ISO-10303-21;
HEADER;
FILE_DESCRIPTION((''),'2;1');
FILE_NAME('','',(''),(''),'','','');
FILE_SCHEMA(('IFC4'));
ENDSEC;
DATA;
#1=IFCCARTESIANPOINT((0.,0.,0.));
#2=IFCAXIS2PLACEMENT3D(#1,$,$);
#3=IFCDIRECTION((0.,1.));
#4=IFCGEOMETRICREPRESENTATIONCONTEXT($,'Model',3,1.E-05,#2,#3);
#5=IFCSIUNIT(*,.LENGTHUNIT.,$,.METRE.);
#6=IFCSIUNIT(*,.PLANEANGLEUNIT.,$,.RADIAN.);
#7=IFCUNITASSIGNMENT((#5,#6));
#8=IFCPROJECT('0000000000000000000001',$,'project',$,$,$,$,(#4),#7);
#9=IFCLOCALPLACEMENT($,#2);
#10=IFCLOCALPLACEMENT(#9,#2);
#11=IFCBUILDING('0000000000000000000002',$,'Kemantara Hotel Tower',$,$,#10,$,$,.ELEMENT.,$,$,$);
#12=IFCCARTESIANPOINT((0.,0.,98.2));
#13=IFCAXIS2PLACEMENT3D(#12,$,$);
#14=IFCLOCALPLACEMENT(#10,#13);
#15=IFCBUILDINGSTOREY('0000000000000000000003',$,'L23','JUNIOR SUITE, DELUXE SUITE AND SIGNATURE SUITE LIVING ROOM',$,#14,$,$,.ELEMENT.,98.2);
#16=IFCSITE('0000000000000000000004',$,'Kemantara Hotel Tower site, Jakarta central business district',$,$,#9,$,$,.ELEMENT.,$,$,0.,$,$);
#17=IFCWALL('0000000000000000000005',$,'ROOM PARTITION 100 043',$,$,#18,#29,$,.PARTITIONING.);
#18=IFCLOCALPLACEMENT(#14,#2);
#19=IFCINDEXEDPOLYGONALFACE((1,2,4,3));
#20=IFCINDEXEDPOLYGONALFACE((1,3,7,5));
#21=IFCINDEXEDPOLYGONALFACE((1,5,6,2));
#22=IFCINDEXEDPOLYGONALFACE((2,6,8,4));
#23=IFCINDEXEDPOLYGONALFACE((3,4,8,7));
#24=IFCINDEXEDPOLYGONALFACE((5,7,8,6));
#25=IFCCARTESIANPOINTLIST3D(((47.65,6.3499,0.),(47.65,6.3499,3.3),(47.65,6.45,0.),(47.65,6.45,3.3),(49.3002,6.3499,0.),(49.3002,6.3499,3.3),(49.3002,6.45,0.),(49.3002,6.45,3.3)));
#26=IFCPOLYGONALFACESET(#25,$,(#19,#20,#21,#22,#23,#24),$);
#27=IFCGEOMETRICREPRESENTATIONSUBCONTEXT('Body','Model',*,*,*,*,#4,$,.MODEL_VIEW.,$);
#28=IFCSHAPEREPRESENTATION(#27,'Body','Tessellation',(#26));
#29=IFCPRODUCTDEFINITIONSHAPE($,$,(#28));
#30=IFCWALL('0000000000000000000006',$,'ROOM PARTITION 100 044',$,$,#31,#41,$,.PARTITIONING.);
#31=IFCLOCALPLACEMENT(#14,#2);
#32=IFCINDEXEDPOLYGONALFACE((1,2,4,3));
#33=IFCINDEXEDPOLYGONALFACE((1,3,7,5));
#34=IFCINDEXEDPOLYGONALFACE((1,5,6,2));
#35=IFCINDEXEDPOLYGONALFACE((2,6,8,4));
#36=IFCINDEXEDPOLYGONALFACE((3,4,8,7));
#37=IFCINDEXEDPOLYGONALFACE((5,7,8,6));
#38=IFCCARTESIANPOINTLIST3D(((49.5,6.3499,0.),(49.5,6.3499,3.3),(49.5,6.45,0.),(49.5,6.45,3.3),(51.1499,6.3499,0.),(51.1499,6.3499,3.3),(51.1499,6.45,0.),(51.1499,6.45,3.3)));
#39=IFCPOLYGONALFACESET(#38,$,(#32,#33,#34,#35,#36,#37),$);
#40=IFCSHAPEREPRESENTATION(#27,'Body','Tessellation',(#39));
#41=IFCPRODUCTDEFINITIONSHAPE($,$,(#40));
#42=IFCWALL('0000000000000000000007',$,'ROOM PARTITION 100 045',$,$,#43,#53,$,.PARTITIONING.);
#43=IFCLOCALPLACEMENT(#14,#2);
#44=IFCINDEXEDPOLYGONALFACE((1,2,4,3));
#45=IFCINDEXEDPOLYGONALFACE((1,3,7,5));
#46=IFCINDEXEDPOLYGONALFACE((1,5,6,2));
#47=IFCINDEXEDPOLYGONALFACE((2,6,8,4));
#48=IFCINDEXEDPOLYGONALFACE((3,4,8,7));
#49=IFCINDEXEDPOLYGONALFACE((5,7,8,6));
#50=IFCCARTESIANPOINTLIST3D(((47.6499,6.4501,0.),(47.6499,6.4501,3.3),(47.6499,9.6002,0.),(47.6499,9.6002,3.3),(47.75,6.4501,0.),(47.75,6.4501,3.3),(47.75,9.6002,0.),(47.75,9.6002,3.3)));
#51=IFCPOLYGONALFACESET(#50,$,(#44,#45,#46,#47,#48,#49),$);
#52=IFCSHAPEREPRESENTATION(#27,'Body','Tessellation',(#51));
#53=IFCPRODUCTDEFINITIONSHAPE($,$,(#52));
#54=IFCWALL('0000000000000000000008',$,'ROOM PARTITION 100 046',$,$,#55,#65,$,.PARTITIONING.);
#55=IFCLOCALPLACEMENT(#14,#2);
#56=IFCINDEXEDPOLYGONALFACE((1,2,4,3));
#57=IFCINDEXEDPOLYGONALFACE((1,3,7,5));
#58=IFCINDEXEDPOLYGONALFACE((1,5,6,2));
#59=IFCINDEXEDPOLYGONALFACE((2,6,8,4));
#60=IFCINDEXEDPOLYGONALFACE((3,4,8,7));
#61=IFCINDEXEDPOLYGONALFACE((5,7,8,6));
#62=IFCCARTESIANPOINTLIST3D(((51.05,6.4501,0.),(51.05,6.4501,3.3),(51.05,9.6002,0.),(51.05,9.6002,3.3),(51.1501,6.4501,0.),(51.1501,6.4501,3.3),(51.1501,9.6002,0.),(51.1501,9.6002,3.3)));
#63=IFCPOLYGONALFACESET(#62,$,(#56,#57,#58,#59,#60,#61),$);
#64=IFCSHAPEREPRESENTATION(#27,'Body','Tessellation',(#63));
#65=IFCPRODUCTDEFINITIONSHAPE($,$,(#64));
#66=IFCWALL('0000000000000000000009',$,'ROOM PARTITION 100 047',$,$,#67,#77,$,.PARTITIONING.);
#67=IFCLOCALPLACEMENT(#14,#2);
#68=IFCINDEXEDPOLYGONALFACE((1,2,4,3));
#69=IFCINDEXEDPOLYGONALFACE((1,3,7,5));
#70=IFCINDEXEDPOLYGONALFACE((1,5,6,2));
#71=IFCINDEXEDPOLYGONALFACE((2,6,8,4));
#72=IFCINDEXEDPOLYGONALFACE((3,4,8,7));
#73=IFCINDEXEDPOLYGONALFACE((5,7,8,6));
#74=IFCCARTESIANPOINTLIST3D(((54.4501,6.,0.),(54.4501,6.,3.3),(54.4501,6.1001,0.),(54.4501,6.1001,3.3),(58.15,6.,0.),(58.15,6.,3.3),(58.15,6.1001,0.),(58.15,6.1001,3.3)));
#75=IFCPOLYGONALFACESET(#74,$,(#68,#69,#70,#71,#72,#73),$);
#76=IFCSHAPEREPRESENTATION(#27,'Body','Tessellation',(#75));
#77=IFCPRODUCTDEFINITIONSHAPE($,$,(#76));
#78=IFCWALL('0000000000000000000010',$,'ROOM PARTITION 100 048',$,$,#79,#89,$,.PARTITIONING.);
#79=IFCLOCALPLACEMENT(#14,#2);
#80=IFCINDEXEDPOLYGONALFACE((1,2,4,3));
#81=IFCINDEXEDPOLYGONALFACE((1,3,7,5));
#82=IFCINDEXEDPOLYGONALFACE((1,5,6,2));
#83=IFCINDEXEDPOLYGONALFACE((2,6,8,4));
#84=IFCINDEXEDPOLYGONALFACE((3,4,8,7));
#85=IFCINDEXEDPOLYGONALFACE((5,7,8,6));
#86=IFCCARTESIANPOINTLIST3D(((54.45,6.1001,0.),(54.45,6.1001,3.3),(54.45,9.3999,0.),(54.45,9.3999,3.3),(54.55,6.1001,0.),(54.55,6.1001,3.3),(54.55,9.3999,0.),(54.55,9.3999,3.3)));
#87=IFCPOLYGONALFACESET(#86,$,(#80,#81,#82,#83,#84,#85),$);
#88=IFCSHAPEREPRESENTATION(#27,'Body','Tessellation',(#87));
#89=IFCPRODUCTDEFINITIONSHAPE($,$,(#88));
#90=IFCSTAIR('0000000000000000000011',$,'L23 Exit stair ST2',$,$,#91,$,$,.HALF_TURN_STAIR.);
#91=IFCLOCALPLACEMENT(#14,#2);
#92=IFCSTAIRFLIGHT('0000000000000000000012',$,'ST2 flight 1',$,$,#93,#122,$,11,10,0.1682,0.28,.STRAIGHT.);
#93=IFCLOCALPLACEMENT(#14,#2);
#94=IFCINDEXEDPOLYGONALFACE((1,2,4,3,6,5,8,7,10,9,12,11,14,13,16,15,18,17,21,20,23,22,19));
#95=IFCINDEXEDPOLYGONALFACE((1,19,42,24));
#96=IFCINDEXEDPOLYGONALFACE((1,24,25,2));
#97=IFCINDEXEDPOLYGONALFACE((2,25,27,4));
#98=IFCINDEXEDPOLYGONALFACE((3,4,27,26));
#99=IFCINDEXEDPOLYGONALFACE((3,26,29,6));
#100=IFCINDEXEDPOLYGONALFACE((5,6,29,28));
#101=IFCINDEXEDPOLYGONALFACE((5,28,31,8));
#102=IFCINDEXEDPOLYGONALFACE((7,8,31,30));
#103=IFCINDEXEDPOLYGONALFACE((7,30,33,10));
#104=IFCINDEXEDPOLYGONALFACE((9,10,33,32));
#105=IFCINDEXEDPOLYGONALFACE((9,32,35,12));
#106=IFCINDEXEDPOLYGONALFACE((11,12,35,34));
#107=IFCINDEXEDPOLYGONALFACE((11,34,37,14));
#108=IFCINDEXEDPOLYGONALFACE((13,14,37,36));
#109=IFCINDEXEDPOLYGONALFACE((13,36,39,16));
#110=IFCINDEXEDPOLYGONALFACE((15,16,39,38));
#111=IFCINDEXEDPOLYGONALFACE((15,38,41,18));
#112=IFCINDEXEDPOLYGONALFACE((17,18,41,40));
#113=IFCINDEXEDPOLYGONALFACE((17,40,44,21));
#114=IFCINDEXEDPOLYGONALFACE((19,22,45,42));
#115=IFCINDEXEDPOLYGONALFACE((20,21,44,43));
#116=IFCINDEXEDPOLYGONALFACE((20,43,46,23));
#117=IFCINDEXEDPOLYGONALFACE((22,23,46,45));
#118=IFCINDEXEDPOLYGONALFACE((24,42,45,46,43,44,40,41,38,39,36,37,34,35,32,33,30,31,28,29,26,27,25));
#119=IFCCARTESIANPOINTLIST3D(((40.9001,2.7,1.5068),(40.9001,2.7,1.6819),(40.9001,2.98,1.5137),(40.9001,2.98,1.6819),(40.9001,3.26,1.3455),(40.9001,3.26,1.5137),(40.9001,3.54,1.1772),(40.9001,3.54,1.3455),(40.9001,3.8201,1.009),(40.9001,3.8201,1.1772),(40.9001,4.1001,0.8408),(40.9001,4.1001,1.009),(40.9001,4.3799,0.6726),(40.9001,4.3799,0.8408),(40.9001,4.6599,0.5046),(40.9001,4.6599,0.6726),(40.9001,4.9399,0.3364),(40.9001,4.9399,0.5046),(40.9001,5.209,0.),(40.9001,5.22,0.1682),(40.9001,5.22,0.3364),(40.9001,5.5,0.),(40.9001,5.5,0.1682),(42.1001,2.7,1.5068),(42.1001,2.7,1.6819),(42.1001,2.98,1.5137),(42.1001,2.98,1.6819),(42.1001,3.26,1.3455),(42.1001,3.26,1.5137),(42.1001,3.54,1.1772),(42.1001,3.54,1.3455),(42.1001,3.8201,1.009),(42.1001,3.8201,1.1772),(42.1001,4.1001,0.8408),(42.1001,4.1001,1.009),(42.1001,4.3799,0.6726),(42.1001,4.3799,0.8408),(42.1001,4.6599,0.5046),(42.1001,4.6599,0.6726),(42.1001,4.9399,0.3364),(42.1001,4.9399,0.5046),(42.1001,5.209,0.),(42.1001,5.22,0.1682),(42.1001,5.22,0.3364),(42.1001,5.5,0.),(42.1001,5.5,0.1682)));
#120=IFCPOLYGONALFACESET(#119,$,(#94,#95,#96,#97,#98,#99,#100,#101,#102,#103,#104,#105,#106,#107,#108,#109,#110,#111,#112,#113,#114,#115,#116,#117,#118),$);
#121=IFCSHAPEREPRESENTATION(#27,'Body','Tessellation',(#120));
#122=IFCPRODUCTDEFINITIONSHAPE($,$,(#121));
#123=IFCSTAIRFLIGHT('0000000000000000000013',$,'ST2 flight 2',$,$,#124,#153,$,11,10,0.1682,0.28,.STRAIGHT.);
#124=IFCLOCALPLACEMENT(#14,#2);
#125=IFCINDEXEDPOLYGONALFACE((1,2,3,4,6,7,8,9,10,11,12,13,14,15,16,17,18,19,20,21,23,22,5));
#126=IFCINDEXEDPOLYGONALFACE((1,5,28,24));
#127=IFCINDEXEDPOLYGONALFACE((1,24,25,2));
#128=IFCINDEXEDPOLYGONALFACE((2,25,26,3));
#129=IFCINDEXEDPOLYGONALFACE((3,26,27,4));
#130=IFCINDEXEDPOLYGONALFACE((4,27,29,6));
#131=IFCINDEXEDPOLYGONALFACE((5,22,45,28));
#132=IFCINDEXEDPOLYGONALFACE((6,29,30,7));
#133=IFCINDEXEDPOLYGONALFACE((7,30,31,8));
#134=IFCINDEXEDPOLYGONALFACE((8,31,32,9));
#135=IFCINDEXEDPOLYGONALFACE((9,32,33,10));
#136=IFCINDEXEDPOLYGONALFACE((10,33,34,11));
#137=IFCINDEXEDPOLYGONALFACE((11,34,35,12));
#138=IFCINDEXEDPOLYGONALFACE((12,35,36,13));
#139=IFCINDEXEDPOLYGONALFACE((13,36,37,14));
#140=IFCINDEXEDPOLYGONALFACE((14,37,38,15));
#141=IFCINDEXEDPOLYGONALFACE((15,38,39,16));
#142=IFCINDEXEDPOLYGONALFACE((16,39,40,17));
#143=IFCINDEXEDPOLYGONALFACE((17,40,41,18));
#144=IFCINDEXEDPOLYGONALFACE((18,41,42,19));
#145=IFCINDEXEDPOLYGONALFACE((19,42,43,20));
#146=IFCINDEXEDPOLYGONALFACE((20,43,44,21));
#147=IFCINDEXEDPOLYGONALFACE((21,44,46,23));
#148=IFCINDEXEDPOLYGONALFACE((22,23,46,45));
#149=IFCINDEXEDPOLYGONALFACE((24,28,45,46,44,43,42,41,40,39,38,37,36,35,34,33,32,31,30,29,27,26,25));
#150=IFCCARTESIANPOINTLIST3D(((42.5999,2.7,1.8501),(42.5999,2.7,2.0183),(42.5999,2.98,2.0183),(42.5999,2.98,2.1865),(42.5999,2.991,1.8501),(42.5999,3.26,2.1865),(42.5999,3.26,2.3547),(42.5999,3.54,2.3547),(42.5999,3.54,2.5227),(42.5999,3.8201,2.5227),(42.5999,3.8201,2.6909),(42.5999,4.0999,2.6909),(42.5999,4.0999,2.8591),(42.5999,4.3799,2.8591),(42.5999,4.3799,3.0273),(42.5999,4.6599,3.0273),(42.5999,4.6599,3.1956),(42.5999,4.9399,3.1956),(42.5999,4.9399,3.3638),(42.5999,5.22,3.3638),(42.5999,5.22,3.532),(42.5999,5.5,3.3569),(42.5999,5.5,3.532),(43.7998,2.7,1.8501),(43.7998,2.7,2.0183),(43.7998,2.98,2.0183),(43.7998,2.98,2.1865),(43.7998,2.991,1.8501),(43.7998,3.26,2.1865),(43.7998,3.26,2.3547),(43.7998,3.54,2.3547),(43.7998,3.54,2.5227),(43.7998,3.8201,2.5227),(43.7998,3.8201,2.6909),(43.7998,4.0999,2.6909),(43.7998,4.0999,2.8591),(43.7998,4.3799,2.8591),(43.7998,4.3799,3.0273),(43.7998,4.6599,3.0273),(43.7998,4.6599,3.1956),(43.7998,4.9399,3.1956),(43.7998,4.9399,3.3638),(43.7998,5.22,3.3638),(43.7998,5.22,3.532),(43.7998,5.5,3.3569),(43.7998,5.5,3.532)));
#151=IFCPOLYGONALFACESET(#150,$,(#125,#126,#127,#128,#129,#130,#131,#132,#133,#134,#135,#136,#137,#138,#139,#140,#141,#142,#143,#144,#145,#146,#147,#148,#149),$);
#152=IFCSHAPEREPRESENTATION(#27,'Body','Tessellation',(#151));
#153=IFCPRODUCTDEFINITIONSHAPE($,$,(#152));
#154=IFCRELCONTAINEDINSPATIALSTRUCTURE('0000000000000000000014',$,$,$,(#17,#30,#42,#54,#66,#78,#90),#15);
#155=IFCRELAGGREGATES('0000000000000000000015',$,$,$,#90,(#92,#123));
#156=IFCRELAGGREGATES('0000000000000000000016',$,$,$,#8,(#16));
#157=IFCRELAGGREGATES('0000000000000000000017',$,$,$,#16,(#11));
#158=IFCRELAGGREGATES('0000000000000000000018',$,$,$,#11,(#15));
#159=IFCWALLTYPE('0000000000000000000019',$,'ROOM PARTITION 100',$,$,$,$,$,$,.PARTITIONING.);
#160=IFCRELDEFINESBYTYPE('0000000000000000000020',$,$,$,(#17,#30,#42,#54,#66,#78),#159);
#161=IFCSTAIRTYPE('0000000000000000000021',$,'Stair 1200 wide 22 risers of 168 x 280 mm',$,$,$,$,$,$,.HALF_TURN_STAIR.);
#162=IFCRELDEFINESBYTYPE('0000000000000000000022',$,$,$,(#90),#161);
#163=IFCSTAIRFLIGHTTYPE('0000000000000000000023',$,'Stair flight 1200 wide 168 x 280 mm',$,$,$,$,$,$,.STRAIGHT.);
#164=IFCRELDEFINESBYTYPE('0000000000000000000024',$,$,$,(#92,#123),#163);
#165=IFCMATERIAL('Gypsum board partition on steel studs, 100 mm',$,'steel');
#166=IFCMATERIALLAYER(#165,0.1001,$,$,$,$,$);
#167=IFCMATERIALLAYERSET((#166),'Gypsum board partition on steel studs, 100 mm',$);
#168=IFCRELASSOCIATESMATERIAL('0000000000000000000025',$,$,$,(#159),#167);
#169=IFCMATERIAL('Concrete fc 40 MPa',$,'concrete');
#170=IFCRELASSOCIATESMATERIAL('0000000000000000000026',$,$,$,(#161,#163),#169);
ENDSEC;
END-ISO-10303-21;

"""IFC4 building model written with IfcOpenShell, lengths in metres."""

from ifc_helpers import new_model, si_unit, direction, frame, frame_2d, origin, place, context, subcontext, project, spatial, polyline, rectangle, outline, extrude, material, layer, layer_set, type_object, element, aggregate, save


model = new_model("IFC4")

# Units and contexts
model_context = context("Model", 3, precision=1e-05, world=origin(), true_north=direction((0.0, 1.0)))
body_context = subcontext(model_context, "Body", "Model", "MODEL_VIEW")
ifc_project = project(units=[si_unit("LENGTHUNIT", "METRE"), si_unit("PLANEANGLEUNIT", "RADIAN")], contexts=[model_context])

# Site, building, storey
site_placement = place(None, origin())
site = spatial("IfcSite", under=ifc_project, at=site_placement, Name="Kemantara Hotel Tower site, Jakarta central business district", CompositionType="ELEMENT", RefElevation=0.0)
building_placement = place(site_placement, origin())
building = spatial("IfcBuilding", under=site, at=building_placement, Name="Kemantara Hotel Tower", CompositionType="ELEMENT")
storey_placement = place(building_placement, frame((0.0, 0.0, 98.2)))
storey = spatial("IfcBuildingStorey", under=building, at=storey_placement, Name="L23", Description="JUNIOR SUITE, DELUXE SUITE AND SIGNATURE SUITE LIVING ROOM", CompositionType="ELEMENT", Elevation=98.2)

# Walls
ifc_material_1 = material(Name="Gypsum board partition on steel studs, 100 mm", Category="steel")
ifc_layer_1 = layer(ifc_material_1, 0.1001)
ifc_layer_set_1 = layer_set([ifc_layer_1], Name="Gypsum board partition on steel studs, 100 mm")
wall_type_1 = type_object("IfcWallType", Name="ROOM PARTITION 100", PredefinedType="PARTITIONING", material=ifc_layer_set_1)
wall_1_placement = place(storey_placement, frame((47.6499, 6.3999, 0.0), z_axis=(0.0, 0.0, 1.0), x_axis=(1.0, 0.0, 0.0)))
element("IfcWall", 1, at=wall_1_placement, inside=storey, type_object=wall_type_1, Name="ROOM PARTITION 100 043", PredefinedType="PARTITIONING", context=body_context, shape_type="SweptSolid", body=[
    extrude(rectangle(XDim=1.6501, YDim=0.1001, at=frame_2d((0.8252, 0.0))), origin(), (0.0, 0.0, 1.0), 3.3),
])
wall_2_placement = place(storey_placement, frame((49.5, 6.3999, 0.0), z_axis=(0.0, 0.0, 1.0), x_axis=(1.0, 0.0, 0.0)))
element("IfcWall", 2, at=wall_2_placement, inside=storey, type_object=wall_type_1, Name="ROOM PARTITION 100 044", PredefinedType="PARTITIONING", context=body_context, shape_type="SweptSolid", body=[
    extrude(rectangle(XDim=1.6499, YDim=0.1001, at=frame_2d((0.825, 0.0))), origin(), (0.0, 0.0, 1.0), 3.3),
])
for number, where, z_axis, x_axis, name in (
    (3, (47.7, 6.45, 0.0), (0.0, 0.0, 1.0), (0.0, 1.0, 0.0), "ROOM PARTITION 100 045"),
    (4, (51.1001, 6.45, 0.0), (0.0, 0.0, 1.0), (0.0, 1.0, 0.0), "ROOM PARTITION 100 046"),
):
    element("IfcWall", number, at=place(storey_placement, frame(where, z_axis=z_axis, x_axis=x_axis)), inside=storey, type_object=wall_type_1, Name=name, PredefinedType="PARTITIONING", context=body_context, shape_type="SweptSolid", body=[
        extrude(rectangle(XDim=3.1501, YDim=0.1001, at=frame_2d((1.5752, 0.0))), origin(), (0.0, 0.0, 1.0), 3.3),
    ])
wall_3_placement = place(storey_placement, frame((54.45, 6.05, 0.0), z_axis=(0.0, 0.0, 1.0), x_axis=(1.0, 0.0, 0.0)))
element("IfcWall", 5, at=wall_3_placement, inside=storey, type_object=wall_type_1, Name="ROOM PARTITION 100 047", PredefinedType="PARTITIONING", context=body_context, shape_type="SweptSolid", body=[
    extrude(rectangle(XDim=3.7, YDim=0.1001, at=frame_2d((1.8501, 0.0))), origin(), (0.0, 0.0, 1.0), 3.3),
])
wall_4_placement = place(storey_placement, frame((54.5, 6.1001, 0.0), z_axis=(0.0, 0.0, 1.0), x_axis=(0.0, 1.0, 0.0)))
element("IfcWall", 6, at=wall_4_placement, inside=storey, type_object=wall_type_1, Name="ROOM PARTITION 100 048", PredefinedType="PARTITIONING", context=body_context, shape_type="SweptSolid", body=[
    extrude(rectangle(XDim=3.2998, YDim=0.1001, at=frame_2d((1.6499, 0.0))), origin(), (0.0, 0.0, 1.0), 3.3),
])

# Stair, stair flights
ifc_material_2 = material(Name="Concrete fc 40 MPa", Category="concrete")
stair_type = type_object("IfcStairType", Name="Stair 1200 wide 22 risers of 168 x 280 mm", PredefinedType="HALF_TURN_STAIR", material=ifc_material_2)
stair_placement = place(storey_placement, origin())
stair = element("IfcStair", 7, at=stair_placement, inside=storey, type_object=stair_type, Name="L23 Exit stair ST2", PredefinedType="HALF_TURN_STAIR")
stair_flight_type = type_object("IfcStairFlightType", Name="Stair flight 1200 wide 168 x 280 mm", PredefinedType="STRAIGHT", material=ifc_material_2)
stair_flight_1_placement = place(storey_placement, frame((41.5, 5.5, 0.0), z_axis=(0.0, 0.0, 1.0), x_axis=(0.0, -1.0, 0.0)))
stair_flight_1 = element("IfcStairFlight", 8, at=stair_flight_1_placement, type_object=stair_flight_type, Name="ST2 flight 1", NumberOfRisers=11, NumberOfTreads=10, PredefinedType="STRAIGHT", RiserHeight=0.1682, TreadLength=0.28, context=body_context, shape_type="SweptSolid", body=[
    extrude(outline(polyline([(0.0, 0.0), (0.0, 0.1682), (0.28, 0.1682), (0.28, 0.3364), (0.5601, 0.3364), (0.5601, 0.5046), (0.8401, 0.5046), (0.8401, 0.6726), (1.1201, 0.6726), (1.1201, 0.8408), (1.3999, 0.8408), (1.3999, 1.009), (1.6799, 1.009), (1.6799, 1.1772), (1.96, 1.1772), (1.96, 1.3455), (2.24, 1.3455), (2.24, 1.5137), (2.52, 1.5137), (2.52, 1.6819), (2.8, 1.6819), (2.8, 1.8501), (2.8, 1.5068), (0.291, 0.0), (0.0, 0.0)])), frame((0.0, 0.6001, 0.0), z_axis=(0.0, -1.0, 0.0), x_axis=(1.0, 0.0, 0.0)), (0.0, 0.0, 1.0), 1.2),
])
stair_flight_2_placement = place(storey_placement, frame((43.2, 2.7, 1.8501), z_axis=(0.0, 0.0, 1.0), x_axis=(0.0, 1.0, 0.0)))
stair_flight_2 = element("IfcStairFlight", 9, at=stair_flight_2_placement, type_object=stair_flight_type, Name="ST2 flight 2", NumberOfRisers=11, NumberOfTreads=10, PredefinedType="STRAIGHT", RiserHeight=0.1682, TreadLength=0.28, context=body_context, shape_type="SweptSolid", body=[
    extrude(outline(polyline([(0.0, 0.0), (0.0, 0.1682), (0.28, 0.1682), (0.28, 0.3364), (0.5601, 0.3364), (0.5601, 0.5046), (0.8401, 0.5046), (0.8401, 0.6726), (1.1201, 0.6726), (1.1201, 0.8408), (1.3999, 0.8408), (1.3999, 1.009), (1.6799, 1.009), (1.6799, 1.1772), (1.96, 1.1772), (1.96, 1.3455), (2.24, 1.3455), (2.24, 1.5137), (2.52, 1.5137), (2.52, 1.6819), (2.8, 1.6819), (2.8, 1.8501), (2.8, 1.5068), (0.291, 0.0), (0.0, 0.0)])), frame((0.0, 0.6001, 0.0), z_axis=(0.0, -1.0, 0.0), x_axis=(1.0, 0.0, 0.0)), (0.0, 0.0, 1.0), 1.2),
])
aggregate(stair, [stair_flight_1, stair_flight_2])

save(model, "model.ifc")
